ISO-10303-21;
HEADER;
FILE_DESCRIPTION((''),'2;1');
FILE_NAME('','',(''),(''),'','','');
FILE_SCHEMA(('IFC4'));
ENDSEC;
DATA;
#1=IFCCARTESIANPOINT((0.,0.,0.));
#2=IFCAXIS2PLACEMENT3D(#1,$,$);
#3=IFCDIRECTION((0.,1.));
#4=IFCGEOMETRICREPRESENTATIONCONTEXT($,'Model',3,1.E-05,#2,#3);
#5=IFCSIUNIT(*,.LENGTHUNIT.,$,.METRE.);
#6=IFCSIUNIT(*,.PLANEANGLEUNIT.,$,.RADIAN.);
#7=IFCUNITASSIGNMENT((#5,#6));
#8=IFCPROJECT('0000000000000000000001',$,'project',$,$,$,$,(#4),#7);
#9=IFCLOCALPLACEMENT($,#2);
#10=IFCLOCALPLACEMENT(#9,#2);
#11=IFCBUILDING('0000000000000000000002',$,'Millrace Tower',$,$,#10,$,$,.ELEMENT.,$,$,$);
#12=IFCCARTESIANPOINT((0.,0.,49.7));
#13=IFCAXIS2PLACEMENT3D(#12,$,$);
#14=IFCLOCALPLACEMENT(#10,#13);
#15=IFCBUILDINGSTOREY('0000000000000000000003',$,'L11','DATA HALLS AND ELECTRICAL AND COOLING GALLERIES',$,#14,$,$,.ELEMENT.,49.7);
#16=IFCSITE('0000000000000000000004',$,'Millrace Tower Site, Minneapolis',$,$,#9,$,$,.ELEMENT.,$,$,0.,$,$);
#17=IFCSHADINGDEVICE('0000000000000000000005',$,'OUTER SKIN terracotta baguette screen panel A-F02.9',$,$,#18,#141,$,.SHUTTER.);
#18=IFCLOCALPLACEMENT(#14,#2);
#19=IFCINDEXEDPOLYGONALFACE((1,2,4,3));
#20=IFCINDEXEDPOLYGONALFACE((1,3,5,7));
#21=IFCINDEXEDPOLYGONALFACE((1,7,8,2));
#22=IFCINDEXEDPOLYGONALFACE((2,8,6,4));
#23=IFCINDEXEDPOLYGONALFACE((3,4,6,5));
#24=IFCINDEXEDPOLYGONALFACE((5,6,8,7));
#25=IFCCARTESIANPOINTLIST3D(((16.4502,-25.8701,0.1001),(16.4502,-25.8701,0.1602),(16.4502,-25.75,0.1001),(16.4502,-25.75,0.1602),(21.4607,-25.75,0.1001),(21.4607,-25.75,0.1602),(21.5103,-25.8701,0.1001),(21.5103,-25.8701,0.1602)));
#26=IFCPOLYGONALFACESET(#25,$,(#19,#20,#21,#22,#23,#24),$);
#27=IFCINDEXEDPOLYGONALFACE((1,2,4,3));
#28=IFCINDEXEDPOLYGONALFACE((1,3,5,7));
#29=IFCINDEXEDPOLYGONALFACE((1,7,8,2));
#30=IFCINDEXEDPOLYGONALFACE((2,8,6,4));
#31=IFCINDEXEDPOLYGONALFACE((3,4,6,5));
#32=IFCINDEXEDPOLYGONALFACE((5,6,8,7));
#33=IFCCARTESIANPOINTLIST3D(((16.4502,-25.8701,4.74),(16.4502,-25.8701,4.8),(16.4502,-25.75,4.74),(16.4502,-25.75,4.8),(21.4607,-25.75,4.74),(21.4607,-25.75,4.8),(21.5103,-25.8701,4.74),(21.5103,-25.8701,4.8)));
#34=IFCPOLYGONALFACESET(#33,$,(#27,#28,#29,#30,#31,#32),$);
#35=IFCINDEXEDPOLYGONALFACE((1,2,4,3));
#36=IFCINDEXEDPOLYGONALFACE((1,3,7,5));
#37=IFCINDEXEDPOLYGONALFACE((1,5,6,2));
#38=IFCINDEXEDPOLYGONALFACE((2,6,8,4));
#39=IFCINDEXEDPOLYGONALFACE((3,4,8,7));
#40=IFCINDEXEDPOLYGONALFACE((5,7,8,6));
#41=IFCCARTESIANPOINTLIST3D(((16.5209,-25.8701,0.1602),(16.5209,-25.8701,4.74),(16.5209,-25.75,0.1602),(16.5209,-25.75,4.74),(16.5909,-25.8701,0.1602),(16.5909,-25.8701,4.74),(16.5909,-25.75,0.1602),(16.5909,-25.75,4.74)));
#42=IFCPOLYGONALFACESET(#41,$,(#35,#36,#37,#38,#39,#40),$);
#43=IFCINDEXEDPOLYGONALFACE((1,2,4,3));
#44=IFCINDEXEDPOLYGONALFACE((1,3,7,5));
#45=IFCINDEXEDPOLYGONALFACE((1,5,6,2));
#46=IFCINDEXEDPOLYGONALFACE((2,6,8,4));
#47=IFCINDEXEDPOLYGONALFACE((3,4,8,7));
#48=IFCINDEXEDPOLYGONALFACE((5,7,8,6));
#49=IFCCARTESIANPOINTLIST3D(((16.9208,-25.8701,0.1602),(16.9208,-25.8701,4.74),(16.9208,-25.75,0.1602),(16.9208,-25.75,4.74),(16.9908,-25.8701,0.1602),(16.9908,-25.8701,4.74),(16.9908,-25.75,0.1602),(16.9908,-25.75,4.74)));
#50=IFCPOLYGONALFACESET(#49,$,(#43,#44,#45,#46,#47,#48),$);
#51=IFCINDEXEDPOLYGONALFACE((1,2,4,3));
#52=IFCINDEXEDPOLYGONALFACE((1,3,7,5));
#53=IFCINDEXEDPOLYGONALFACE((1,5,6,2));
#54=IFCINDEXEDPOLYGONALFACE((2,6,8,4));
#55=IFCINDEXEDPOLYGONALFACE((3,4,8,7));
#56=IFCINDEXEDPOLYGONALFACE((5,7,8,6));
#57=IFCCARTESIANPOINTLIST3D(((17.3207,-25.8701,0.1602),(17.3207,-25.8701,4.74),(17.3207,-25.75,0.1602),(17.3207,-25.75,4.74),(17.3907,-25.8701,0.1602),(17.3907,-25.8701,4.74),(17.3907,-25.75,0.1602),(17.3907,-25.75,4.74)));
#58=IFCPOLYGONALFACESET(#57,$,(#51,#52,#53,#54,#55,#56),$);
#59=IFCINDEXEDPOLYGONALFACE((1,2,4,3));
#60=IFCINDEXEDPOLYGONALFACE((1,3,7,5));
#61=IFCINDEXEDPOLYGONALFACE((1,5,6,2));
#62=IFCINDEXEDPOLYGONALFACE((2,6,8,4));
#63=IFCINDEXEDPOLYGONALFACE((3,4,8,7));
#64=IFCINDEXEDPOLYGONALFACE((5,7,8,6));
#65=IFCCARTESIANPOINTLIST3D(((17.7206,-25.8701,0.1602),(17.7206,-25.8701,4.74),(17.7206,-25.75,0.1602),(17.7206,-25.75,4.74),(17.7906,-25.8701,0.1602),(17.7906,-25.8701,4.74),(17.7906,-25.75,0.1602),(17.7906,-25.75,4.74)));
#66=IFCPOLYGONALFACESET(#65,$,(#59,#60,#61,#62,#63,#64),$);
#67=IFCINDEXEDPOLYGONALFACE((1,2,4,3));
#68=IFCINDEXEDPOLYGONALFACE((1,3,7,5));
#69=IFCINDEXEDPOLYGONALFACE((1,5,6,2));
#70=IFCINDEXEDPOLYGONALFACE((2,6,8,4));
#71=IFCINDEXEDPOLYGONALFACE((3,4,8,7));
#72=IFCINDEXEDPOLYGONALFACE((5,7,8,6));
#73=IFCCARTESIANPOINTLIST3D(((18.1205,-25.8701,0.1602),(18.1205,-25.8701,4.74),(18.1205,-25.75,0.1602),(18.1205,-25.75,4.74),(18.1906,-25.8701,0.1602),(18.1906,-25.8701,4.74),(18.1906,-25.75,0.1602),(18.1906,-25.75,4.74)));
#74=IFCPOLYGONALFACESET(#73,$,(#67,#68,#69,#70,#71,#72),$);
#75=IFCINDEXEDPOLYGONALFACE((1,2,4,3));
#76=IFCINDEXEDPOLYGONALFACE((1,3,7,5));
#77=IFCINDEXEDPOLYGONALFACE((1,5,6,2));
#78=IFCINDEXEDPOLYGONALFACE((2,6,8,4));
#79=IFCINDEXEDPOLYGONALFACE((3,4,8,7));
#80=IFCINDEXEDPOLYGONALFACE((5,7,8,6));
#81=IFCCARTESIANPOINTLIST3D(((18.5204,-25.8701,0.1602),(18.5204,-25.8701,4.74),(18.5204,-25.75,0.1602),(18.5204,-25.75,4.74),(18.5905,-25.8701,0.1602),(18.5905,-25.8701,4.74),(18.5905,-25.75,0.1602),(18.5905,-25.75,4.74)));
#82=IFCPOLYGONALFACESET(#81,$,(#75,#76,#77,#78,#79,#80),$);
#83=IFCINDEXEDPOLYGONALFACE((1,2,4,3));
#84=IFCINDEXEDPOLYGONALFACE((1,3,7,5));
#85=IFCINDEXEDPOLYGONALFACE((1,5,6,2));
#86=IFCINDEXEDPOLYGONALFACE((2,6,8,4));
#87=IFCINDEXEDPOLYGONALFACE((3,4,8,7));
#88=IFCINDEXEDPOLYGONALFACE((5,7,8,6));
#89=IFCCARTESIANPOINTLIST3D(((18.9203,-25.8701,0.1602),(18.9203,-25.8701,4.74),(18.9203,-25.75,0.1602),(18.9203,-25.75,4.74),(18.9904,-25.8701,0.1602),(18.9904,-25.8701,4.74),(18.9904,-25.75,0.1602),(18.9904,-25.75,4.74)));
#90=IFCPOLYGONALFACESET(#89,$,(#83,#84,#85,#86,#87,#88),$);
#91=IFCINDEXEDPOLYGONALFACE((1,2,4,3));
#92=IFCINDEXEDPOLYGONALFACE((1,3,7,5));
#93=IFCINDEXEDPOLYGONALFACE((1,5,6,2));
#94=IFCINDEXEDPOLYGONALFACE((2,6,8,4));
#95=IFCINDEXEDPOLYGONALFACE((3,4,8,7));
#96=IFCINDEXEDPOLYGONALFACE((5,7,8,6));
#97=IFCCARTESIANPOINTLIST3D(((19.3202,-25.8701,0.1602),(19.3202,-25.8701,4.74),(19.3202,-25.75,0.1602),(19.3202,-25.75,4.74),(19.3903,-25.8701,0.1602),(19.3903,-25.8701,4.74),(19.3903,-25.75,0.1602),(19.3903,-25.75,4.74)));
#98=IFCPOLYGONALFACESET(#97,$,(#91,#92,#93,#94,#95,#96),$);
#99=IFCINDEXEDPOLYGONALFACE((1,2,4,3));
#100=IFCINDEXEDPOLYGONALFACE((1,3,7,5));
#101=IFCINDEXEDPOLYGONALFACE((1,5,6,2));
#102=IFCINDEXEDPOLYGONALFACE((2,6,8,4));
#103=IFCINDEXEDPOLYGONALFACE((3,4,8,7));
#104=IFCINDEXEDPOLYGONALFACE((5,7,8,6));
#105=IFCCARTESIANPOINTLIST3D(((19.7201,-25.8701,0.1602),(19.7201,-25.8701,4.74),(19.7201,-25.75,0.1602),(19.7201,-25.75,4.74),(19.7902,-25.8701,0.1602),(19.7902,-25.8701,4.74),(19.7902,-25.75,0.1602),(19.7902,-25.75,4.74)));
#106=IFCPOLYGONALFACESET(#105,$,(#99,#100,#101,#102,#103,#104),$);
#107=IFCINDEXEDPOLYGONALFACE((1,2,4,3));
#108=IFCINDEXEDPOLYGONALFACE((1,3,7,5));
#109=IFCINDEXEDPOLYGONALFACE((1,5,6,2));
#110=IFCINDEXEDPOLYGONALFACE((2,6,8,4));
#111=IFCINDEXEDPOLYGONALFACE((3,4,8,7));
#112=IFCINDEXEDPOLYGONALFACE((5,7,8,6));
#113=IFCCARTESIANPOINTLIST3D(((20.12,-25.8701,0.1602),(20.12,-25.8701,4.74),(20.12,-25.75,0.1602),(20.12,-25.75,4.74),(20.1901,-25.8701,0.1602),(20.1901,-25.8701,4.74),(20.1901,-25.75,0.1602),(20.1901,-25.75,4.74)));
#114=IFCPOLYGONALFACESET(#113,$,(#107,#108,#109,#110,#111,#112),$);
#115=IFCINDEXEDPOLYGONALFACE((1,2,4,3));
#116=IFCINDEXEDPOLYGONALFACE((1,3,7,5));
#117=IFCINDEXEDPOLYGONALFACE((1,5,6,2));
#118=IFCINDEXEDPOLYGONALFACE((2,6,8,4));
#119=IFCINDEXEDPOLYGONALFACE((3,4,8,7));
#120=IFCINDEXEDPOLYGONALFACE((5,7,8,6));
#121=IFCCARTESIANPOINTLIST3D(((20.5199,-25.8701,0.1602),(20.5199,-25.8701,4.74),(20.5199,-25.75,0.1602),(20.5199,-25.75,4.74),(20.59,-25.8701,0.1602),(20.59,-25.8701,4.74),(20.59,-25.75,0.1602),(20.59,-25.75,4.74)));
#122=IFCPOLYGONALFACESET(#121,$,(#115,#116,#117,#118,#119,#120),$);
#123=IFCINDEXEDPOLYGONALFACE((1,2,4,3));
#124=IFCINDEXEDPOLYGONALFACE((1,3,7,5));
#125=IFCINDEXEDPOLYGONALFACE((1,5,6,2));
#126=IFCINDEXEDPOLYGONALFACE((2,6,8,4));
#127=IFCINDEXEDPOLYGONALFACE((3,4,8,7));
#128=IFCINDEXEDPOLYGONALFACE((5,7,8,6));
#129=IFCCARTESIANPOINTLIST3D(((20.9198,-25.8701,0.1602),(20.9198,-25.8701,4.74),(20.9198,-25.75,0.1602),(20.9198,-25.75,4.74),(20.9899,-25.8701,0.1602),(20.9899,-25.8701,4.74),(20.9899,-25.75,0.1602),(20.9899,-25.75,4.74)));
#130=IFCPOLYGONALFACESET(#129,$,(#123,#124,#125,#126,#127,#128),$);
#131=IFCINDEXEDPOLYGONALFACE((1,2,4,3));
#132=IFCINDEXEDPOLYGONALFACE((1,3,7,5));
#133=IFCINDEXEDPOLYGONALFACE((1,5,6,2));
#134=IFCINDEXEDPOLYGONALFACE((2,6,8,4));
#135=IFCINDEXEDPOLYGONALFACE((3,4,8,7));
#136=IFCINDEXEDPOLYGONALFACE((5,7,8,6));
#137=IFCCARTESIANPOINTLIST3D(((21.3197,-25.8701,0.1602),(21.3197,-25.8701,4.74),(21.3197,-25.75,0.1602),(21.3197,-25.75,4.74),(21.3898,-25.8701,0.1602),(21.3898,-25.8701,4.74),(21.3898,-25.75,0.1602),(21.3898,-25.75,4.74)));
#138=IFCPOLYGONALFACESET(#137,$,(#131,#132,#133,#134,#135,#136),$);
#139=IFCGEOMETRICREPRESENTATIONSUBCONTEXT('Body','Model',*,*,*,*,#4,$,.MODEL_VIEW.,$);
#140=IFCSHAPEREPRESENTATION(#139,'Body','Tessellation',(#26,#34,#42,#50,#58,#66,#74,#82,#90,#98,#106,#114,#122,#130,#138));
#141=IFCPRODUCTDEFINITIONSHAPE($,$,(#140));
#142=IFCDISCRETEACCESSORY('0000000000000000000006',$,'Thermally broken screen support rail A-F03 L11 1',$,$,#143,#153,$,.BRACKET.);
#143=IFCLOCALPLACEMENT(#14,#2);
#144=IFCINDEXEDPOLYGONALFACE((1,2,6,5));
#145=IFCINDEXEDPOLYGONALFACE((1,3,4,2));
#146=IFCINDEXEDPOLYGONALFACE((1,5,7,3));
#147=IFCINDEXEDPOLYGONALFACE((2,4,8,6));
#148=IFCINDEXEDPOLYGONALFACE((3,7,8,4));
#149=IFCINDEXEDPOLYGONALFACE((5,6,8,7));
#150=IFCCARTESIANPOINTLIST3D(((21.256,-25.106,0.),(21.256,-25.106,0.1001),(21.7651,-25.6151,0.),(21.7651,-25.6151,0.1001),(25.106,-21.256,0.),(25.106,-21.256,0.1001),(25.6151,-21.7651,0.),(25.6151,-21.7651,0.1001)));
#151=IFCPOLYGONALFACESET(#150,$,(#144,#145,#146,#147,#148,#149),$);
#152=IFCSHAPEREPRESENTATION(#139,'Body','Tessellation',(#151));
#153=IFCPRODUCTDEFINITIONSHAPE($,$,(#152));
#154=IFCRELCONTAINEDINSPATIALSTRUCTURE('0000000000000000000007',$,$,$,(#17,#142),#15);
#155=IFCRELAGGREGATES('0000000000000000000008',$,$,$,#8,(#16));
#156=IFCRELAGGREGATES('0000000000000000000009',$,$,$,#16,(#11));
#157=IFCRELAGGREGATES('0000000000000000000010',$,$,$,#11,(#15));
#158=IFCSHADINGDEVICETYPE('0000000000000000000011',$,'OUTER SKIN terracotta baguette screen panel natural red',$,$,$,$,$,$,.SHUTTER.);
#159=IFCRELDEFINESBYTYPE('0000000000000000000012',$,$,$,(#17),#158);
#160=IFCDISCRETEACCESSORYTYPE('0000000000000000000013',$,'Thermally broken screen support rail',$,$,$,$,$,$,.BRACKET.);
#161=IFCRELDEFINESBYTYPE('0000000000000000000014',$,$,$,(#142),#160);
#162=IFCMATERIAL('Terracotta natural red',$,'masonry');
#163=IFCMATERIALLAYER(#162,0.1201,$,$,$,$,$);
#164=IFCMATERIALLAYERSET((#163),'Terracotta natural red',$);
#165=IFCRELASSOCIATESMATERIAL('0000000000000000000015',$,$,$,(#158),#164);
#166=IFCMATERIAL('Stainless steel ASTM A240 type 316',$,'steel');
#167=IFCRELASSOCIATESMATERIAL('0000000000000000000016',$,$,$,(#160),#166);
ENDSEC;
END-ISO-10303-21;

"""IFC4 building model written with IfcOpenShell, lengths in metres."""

from ifc_helpers import new_model, entity, si_unit, direction, frame, frame_2d, origin, origin_2d, place, context, subcontext, project, spatial, rectangle, extrude, source, transform, mapped, material, layer, layer_set, type_object, element, save


model = new_model("IFC4")

# Units and contexts
model_context = context("Model", 3, precision=1e-05, world=origin(), true_north=direction((0.0, 1.0)))
body_context = subcontext(model_context, "Body", "Model", "MODEL_VIEW")
ifc_project = project(units=[si_unit("LENGTHUNIT", "METRE"), si_unit("PLANEANGLEUNIT", "RADIAN")], contexts=[model_context])

# Site, building, storey
site_placement = place(None, origin())
site = spatial("IfcSite", under=ifc_project, at=site_placement, Name="Millrace Tower Site, Minneapolis", CompositionType="ELEMENT", RefElevation=0.0)
building_placement = place(site_placement, origin())
building = spatial("IfcBuilding", under=site, at=building_placement, Name="Millrace Tower", CompositionType="ELEMENT")
storey_placement = place(building_placement, frame((0.0, 0.0, 49.7)))
storey = spatial("IfcBuildingStorey", under=building, at=storey_placement, Name="L11", Description="DATA HALLS AND ELECTRICAL AND COOLING GALLERIES", CompositionType="ELEMENT", Elevation=49.7)

# Shading device
ifc_material_1 = material(Name="Terracotta natural red", Category="masonry")
ifc_layer_1 = layer(ifc_material_1, 0.1201)
ifc_layer_set_1 = layer_set([ifc_layer_1], Name="Terracotta natural red")
shading_device_type_1 = type_object("IfcShadingDeviceType", Name="OUTER SKIN terracotta baguette screen panel natural red", PredefinedType="SHUTTER", material=ifc_layer_set_1)
cartesian_point_1 = entity("IfcCartesianPoint", [-2.5176, 0.0601])
shared_polyline_1 = entity("IfcPolyline", [cartesian_point_1, entity("IfcCartesianPoint", [2.4929, 0.0601]), entity("IfcCartesianPoint", [2.5425, -0.0601]), entity("IfcCartesianPoint", [-2.5176, -0.0601]), cartesian_point_1])
shared_shape_1 = source(origin(), body_context, "Body", "SweptSolid", [
    entity("IfcExtrudedAreaSolid", entity("IfcArbitraryClosedProfileDef", "AREA", None, shared_polyline_1), entity("IfcAxis2Placement3D", entity("IfcCartesianPoint", [0.0, 0.0, 0.0])), entity("IfcDirection", [0.0, 0.0, 1.0]), 0.0601),
    entity("IfcExtrudedAreaSolid", entity("IfcArbitraryClosedProfileDef", "AREA", None, shared_polyline_1), entity("IfcAxis2Placement3D", entity("IfcCartesianPoint", [0.0, 0.0, 4.6399])), entity("IfcDirection", [0.0, 0.0, 1.0]), 0.0601),
    extrude(rectangle(XDim=0.0701, YDim=0.1201, at=frame_2d((-2.4119, 0.0))), frame((0.0, 0.0, 0.0601)), (0.0, 0.0, 1.0), 4.5798),
    extrude(rectangle(XDim=0.0701, YDim=0.1201, at=frame_2d((-2.012, 0.0))), frame((0.0, 0.0, 0.0601)), (0.0, 0.0, 1.0), 4.5798),
    extrude(rectangle(XDim=0.0701, YDim=0.1201, at=frame_2d((-1.6121, 0.0))), frame((0.0, 0.0, 0.0601)), (0.0, 0.0, 1.0), 4.5798),
    extrude(rectangle(XDim=0.0701, YDim=0.1201, at=frame_2d((-1.2122, 0.0))), frame((0.0, 0.0, 0.0601)), (0.0, 0.0, 1.0), 4.5798),
    extrude(rectangle(XDim=0.0701, YDim=0.1201, at=frame_2d((-0.8123, 0.0))), frame((0.0, 0.0, 0.0601)), (0.0, 0.0, 1.0), 4.5798),
    extrude(rectangle(XDim=0.0701, YDim=0.1201, at=frame_2d((-0.4124, 0.0))), frame((0.0, 0.0, 0.0601)), (0.0, 0.0, 1.0), 4.5798),
    extrude(rectangle(XDim=0.0701, YDim=0.1201, at=frame_2d((-0.0125, 0.0))), frame((0.0, 0.0, 0.0601)), (0.0, 0.0, 1.0), 4.5798),
    extrude(rectangle(XDim=0.0701, YDim=0.1201, at=frame_2d((0.3875, 0.0))), frame((0.0, 0.0, 0.0601)), (0.0, 0.0, 1.0), 4.5798),
    extrude(rectangle(XDim=0.0701, YDim=0.1201, at=frame_2d((0.7874, 0.0))), frame((0.0, 0.0, 0.0601)), (0.0, 0.0, 1.0), 4.5798),
    extrude(rectangle(XDim=0.0701, YDim=0.1201, at=frame_2d((1.1873, 0.0))), frame((0.0, 0.0, 0.0601)), (0.0, 0.0, 1.0), 4.5798),
    extrude(rectangle(XDim=0.0701, YDim=0.1201, at=frame_2d((1.5872, 0.0))), frame((0.0, 0.0, 0.0601)), (0.0, 0.0, 1.0), 4.5798),
    extrude(rectangle(XDim=0.0701, YDim=0.1201, at=frame_2d((1.9871, 0.0))), frame((0.0, 0.0, 0.0601)), (0.0, 0.0, 1.0), 4.5798),
    extrude(rectangle(XDim=0.0701, YDim=0.1201, at=frame_2d((2.387, 0.0))), frame((0.0, 0.0, 0.0601)), (0.0, 0.0, 1.0), 4.5798),
])
shading_device_1_placement = place(storey_placement, frame((18.9678, -25.8101, 0.1001), z_axis=(0.0, 0.0, 1.0), x_axis=(1.0, 0.0, 0.0)))
element("IfcShadingDevice", 1, at=shading_device_1_placement, inside=storey, type_object=shading_device_type_1, Name="OUTER SKIN terracotta baguette screen panel A-F02.9", PredefinedType="SHUTTER", context=body_context, shape_type="MappedRepresentation", body=[
    mapped(shared_shape_1, transform((0.0, 0.0, 0.0), scale=1.0)),
])

# Discrete accessory
ifc_material_2 = material(Name="Stainless steel ASTM A240 type 316", Category="steel")
discrete_accessory_type = type_object("IfcDiscreteAccessoryType", Name="Thermally broken screen support rail", PredefinedType="BRACKET", material=ifc_material_2)
discrete_accessory_placement = place(storey_placement, frame((23.4355, -23.4355, 0.0), z_axis=(0.0, 0.0, 1.0), x_axis=(0.707107, 0.707107, 0.0)))
element("IfcDiscreteAccessory", 2, at=discrete_accessory_placement, inside=storey, type_object=discrete_accessory_type, Name="Thermally broken screen support rail A-F03 L11 1", PredefinedType="BRACKET", context=body_context, shape_type="SweptSolid", body=[
    extrude(rectangle(XDim=5.4448, YDim=0.72, at=origin_2d()), origin(), (0.0, 0.0, 1.0), 0.1001),
])

save(model, "model.ifc")
